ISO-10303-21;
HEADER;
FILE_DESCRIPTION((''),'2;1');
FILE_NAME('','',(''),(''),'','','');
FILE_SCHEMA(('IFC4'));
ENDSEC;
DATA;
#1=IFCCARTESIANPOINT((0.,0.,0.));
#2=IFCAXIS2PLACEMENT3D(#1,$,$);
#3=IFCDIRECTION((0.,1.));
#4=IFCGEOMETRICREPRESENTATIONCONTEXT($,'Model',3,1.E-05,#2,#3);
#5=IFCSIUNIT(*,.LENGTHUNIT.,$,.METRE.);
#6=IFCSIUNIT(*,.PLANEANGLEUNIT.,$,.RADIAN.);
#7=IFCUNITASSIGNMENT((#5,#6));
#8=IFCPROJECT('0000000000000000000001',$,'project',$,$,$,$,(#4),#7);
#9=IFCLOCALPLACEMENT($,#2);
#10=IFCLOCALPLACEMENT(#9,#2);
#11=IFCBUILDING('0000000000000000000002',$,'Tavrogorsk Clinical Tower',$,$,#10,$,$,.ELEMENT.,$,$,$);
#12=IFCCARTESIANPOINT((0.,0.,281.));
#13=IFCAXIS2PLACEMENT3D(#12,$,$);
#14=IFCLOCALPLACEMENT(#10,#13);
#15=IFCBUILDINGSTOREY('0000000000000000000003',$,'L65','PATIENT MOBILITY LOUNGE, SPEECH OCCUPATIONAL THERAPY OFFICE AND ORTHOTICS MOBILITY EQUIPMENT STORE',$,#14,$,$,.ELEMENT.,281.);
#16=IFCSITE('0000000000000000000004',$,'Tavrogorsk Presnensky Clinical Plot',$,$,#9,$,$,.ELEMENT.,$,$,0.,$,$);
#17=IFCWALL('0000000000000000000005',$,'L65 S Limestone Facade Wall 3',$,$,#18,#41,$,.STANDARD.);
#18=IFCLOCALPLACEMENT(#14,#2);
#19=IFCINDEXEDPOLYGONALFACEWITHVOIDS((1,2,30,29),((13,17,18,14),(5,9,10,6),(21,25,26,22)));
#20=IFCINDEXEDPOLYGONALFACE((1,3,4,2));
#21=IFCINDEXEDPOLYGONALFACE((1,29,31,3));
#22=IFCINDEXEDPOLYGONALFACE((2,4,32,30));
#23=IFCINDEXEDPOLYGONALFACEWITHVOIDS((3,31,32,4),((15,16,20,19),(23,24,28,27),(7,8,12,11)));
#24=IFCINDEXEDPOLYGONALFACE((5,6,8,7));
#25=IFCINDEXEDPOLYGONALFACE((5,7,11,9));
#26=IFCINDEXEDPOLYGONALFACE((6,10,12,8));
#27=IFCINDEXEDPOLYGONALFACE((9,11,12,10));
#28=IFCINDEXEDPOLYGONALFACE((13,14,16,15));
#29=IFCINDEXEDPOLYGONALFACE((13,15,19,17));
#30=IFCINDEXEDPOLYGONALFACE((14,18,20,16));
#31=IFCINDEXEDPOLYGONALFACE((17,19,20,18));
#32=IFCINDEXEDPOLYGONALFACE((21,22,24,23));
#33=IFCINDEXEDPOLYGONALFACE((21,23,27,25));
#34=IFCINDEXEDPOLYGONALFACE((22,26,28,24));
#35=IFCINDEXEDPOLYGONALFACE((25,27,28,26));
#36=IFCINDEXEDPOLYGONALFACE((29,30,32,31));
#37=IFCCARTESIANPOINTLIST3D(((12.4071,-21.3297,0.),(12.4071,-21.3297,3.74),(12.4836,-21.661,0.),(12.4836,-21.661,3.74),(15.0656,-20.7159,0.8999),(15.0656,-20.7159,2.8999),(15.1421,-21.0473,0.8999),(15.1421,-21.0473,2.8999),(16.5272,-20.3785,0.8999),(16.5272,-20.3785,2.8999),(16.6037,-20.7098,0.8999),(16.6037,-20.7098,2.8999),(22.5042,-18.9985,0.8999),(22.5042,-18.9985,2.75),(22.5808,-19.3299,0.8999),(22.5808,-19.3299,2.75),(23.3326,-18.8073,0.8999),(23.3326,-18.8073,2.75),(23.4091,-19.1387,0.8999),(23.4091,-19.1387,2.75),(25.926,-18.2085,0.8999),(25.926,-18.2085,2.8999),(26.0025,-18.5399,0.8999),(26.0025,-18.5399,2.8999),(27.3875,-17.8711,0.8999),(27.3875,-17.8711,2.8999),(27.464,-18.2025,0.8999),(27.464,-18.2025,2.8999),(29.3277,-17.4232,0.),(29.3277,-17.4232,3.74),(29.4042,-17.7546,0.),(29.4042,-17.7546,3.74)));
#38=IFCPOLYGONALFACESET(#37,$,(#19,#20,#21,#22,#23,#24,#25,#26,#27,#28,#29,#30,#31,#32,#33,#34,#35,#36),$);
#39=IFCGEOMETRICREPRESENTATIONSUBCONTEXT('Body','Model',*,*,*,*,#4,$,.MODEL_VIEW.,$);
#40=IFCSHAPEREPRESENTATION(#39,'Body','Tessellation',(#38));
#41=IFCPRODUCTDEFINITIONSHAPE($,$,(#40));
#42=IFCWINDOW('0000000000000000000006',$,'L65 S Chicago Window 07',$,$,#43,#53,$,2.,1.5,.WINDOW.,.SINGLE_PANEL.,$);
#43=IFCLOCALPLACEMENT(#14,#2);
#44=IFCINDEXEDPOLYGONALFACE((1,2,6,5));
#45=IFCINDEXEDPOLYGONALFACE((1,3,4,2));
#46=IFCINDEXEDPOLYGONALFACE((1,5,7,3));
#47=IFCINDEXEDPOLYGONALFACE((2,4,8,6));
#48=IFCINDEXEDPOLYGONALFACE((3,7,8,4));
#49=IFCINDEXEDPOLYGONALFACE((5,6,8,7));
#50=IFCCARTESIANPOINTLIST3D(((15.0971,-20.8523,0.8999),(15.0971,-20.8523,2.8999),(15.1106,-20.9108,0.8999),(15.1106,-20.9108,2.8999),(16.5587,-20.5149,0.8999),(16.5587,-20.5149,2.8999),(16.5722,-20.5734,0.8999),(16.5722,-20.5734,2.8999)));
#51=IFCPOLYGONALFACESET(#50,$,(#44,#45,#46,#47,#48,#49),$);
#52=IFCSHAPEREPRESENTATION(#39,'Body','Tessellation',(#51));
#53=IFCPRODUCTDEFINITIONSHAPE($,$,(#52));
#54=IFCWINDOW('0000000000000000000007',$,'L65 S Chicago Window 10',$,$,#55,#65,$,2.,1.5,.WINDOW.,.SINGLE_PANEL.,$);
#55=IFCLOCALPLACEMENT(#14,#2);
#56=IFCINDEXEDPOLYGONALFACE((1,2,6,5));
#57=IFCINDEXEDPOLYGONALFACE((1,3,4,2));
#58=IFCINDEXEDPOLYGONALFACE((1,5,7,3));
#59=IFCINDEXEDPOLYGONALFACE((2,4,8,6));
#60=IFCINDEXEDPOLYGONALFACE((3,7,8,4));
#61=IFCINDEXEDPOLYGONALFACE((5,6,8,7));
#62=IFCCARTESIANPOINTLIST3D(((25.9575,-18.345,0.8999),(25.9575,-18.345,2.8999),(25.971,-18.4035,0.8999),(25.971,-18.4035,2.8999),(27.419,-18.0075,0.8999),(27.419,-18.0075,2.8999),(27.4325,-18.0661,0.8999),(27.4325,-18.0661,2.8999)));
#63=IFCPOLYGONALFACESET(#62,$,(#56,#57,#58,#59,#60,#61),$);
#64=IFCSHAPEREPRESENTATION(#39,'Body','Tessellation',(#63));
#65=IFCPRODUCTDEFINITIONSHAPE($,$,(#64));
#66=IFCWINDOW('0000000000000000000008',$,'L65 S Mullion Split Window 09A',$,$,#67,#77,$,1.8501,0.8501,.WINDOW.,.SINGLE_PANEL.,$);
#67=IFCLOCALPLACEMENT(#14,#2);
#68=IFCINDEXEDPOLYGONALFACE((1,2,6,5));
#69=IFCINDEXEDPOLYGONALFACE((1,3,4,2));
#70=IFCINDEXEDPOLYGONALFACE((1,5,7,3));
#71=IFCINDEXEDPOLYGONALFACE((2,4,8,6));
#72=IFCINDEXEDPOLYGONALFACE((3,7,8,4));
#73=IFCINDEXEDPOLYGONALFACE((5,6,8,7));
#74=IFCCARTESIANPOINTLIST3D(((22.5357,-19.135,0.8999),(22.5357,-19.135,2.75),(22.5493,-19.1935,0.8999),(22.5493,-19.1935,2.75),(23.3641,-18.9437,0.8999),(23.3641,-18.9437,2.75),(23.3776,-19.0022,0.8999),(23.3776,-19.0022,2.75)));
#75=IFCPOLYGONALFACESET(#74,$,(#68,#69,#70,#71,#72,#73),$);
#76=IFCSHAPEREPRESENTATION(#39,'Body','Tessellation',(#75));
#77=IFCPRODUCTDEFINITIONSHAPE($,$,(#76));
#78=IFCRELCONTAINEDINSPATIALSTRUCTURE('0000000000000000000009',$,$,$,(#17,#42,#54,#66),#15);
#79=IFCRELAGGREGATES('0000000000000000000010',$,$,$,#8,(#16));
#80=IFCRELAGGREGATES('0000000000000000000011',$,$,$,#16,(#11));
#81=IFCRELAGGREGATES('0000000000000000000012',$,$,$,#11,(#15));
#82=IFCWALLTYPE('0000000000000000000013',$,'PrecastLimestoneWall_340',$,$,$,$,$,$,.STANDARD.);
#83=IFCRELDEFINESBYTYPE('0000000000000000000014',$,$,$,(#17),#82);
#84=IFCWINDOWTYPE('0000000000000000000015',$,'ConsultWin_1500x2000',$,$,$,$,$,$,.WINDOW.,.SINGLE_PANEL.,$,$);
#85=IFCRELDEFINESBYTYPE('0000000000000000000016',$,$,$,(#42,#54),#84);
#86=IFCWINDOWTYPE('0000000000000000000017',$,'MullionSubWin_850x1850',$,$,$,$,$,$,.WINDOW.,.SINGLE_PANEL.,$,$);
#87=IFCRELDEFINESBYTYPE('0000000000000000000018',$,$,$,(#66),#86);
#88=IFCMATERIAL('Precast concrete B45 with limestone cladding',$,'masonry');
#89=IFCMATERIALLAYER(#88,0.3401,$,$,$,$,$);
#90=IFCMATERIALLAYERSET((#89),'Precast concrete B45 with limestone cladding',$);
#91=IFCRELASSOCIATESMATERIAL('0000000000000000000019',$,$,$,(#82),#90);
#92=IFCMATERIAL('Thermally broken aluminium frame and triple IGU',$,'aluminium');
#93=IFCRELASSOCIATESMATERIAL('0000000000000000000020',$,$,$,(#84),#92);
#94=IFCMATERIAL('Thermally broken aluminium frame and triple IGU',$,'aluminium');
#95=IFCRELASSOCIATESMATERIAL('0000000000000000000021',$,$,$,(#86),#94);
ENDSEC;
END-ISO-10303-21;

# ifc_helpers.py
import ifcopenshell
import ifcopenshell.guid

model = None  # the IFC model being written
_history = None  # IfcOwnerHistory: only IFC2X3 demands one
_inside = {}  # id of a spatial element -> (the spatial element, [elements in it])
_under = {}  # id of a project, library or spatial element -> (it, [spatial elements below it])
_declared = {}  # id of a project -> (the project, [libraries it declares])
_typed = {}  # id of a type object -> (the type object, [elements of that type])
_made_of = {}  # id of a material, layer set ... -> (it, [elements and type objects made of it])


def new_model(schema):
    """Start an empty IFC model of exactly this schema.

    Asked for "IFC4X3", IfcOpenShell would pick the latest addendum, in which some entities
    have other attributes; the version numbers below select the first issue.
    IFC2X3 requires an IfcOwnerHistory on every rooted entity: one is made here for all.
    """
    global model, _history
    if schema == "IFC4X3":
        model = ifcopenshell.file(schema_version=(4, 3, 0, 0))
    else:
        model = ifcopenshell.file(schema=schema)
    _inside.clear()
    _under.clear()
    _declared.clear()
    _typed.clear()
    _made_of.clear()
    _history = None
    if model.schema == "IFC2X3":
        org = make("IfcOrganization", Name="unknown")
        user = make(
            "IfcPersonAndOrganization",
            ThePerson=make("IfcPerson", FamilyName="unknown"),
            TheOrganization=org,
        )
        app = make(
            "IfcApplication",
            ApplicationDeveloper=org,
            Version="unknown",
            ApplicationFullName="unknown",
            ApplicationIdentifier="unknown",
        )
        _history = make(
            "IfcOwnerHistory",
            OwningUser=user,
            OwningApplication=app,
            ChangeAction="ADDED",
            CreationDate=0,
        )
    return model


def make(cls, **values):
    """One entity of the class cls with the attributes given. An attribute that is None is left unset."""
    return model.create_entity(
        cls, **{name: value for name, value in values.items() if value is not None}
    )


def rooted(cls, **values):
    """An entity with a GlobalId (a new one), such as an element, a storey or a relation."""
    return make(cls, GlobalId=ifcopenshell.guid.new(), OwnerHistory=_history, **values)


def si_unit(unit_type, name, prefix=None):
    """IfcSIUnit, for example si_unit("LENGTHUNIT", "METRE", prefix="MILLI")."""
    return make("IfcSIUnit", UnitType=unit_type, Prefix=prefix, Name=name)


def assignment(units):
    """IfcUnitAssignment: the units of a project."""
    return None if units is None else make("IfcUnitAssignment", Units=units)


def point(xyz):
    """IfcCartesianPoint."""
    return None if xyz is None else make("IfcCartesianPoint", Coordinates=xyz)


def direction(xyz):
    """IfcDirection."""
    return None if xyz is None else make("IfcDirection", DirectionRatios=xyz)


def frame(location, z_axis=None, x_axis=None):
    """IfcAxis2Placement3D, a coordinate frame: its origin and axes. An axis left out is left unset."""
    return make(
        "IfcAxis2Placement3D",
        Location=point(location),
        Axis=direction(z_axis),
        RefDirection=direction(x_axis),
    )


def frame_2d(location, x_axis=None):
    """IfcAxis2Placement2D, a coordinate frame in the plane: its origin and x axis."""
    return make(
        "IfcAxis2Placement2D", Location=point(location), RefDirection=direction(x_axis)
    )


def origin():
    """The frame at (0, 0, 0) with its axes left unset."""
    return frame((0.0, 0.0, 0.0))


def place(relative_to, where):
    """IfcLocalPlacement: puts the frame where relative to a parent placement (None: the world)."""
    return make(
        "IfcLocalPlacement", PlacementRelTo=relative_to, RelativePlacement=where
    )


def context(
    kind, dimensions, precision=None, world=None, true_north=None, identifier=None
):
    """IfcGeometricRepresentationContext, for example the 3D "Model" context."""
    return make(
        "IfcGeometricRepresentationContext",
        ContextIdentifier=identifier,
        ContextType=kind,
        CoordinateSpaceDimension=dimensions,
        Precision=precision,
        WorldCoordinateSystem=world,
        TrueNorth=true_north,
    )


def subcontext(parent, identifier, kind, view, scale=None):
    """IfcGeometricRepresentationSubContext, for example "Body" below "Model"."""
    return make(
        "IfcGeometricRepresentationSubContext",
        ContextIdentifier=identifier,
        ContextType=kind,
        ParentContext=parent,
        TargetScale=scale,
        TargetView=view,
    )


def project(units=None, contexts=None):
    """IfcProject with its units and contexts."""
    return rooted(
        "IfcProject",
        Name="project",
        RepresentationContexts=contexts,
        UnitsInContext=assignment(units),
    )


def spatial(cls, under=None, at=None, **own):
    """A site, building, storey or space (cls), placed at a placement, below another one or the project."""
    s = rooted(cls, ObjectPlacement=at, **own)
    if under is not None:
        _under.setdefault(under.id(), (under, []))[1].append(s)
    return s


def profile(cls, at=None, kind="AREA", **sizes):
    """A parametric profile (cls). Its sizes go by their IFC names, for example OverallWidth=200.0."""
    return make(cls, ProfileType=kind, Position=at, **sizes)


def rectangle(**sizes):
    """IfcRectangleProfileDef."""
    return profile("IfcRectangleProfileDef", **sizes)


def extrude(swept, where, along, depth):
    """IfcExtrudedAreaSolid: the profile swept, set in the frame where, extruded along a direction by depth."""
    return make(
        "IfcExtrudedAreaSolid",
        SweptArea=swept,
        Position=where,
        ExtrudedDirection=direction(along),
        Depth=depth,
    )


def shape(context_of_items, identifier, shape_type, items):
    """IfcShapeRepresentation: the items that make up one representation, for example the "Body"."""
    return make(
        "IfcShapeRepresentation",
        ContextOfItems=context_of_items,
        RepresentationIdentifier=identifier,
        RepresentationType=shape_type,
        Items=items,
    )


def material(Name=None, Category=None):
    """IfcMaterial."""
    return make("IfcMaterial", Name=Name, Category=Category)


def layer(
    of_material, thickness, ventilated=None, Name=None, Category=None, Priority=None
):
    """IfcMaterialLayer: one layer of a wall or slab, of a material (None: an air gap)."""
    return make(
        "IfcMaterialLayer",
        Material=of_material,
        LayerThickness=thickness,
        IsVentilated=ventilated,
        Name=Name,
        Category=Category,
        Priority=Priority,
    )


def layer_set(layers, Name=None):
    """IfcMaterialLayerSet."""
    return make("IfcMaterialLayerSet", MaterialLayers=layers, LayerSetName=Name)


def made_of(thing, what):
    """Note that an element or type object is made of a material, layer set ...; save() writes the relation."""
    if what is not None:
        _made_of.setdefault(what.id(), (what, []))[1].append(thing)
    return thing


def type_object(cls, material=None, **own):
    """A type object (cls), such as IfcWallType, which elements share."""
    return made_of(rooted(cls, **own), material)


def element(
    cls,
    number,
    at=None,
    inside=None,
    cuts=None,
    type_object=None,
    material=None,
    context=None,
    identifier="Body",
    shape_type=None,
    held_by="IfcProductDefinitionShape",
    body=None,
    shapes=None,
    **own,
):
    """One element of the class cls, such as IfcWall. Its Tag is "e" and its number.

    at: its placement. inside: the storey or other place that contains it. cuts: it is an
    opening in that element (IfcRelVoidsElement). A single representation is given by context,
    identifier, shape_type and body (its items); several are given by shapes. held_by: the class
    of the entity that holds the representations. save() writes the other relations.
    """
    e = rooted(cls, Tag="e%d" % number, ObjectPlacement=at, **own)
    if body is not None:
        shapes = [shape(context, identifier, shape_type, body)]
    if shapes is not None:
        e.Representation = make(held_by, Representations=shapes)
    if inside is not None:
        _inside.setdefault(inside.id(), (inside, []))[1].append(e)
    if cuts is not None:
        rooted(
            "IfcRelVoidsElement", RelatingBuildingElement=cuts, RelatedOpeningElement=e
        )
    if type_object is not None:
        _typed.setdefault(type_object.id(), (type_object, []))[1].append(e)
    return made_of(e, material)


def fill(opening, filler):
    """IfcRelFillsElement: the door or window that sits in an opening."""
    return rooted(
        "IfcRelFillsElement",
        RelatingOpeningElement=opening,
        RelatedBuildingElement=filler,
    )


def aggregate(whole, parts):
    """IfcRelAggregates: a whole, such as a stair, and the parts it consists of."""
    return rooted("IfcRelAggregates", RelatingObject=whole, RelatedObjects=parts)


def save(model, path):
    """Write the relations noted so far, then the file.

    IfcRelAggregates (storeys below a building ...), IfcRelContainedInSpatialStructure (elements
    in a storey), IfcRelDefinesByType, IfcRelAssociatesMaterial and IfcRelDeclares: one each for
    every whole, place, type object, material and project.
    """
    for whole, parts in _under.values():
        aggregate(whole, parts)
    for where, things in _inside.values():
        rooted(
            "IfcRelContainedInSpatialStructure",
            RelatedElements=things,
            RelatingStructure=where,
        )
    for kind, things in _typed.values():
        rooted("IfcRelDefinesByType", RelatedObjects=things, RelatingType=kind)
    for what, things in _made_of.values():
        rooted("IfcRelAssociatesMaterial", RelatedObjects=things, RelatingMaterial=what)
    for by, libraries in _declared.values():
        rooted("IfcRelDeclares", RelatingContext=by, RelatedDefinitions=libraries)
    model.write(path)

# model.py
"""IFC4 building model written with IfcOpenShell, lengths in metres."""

from ifc_helpers import new_model, si_unit, direction, frame, frame_2d, origin, place, context, subcontext, project, spatial, rectangle, extrude, material, layer, layer_set, type_object, element, fill, save


model = new_model("IFC4")

# Units and contexts
model_context = context("Model", 3, precision=1e-05, world=origin(), true_north=direction((0.0, 1.0)))
body_context = subcontext(model_context, "Body", "Model", "MODEL_VIEW")
ifc_project = project(units=[si_unit("LENGTHUNIT", "METRE"), si_unit("PLANEANGLEUNIT", "RADIAN")], contexts=[model_context])

# Site, building, storey
site_placement = place(None, origin())
site = spatial("IfcSite", under=ifc_project, at=site_placement, Name="Tavrogorsk Presnensky Clinical Plot", CompositionType="ELEMENT", RefElevation=0.0)
building_placement = place(site_placement, origin())
building = spatial("IfcBuilding", under=site, at=building_placement, Name="Tavrogorsk Clinical Tower", CompositionType="ELEMENT")
storey_placement = place(building_placement, frame((0.0, 0.0, 281.0)))
storey = spatial("IfcBuildingStorey", under=building, at=storey_placement, Name="L65", Description="PATIENT MOBILITY LOUNGE, SPEECH OCCUPATIONAL THERAPY OFFICE AND ORTHOTICS MOBILITY EQUIPMENT STORE", CompositionType="ELEMENT", Elevation=281.0)

# Wall, openings, windows
ifc_material_1 = material(Name="Precast concrete B45 with limestone cladding", Category="masonry")
ifc_layer_1 = layer(ifc_material_1, 0.3401)
ifc_layer_set_1 = layer_set([ifc_layer_1], Name="Precast concrete B45 with limestone cladding")
wall_type_1 = type_object("IfcWallType", Name="PrecastLimestoneWall_340", PredefinedType="STANDARD", material=ifc_layer_set_1)
wall_1_placement = place(storey_placement, frame((12.4453, -21.4954, 0.0), z_axis=(0.0, 0.0, 1.0), x_axis=(0.974369, 0.224954, 0.0)))
wall_1 = element("IfcWall", 1, at=wall_1_placement, inside=storey, type_object=wall_type_1, Name="L65 S Limestone Facade Wall 3", PredefinedType="STANDARD", context=body_context, shape_type="SweptSolid", body=[
    extrude(rectangle(XDim=17.3657, YDim=0.3401, at=frame_2d((8.6829, 0.0))), origin(), (0.0, 0.0, 1.0), 3.74),
])
opening_1_placement = place(wall_1_placement, frame((2.7285, 0.0, 0.8999)))
opening_1 = element("IfcOpeningElement", 2, at=opening_1_placement, cuts=wall_1, PredefinedType="OPENING", context=body_context, shape_type="SweptSolid", body=[
    extrude(rectangle(XDim=1.5, YDim=2.0, at=frame_2d((0.75, 1.0))), frame((0.0, 0.1799, 0.0), z_axis=(0.0, -1.0, 0.0), x_axis=(1.0, 0.0, 0.0)), (0.0, 0.0, 1.0), 0.3601),
])
opening_2_placement = place(wall_1_placement, frame((10.3628, 0.0, 0.8999)))
opening_2 = element("IfcOpeningElement", 3, at=opening_2_placement, cuts=wall_1, PredefinedType="OPENING", context=body_context, shape_type="SweptSolid", body=[
    extrude(rectangle(XDim=0.8501, YDim=1.8501, at=frame_2d((0.425, 0.925))), frame((0.0, 0.1799, 0.0), z_axis=(0.0, -1.0, 0.0), x_axis=(1.0, 0.0, 0.0)), (0.0, 0.0, 1.0), 0.3601),
])
opening_3_placement = place(wall_1_placement, frame((13.8745, 0.0, 0.8999)))
opening_3 = element("IfcOpeningElement", 4, at=opening_3_placement, cuts=wall_1, PredefinedType="OPENING", context=body_context, shape_type="SweptSolid", body=[
    extrude(rectangle(XDim=1.5, YDim=2.0, at=frame_2d((0.75, 1.0))), frame((0.0, 0.1799, 0.0), z_axis=(0.0, -1.0, 0.0), x_axis=(1.0, 0.0, 0.0)), (0.0, 0.0, 1.0), 0.3601),
])
ifc_material_2 = material(Name="Thermally broken aluminium frame and triple IGU", Category="aluminium")
window_type_1 = type_object("IfcWindowType", Name="ConsultWin_1500x2000", PartitioningType="SINGLE_PANEL", PredefinedType="WINDOW", material=ifc_material_2)
window_1_placement = place(opening_1_placement, origin())
window_1 = element("IfcWindow", 5, at=window_1_placement, inside=storey, type_object=window_type_1, Name="L65 S Chicago Window 07", OverallHeight=2.0, OverallWidth=1.5, PartitioningType="SINGLE_PANEL", PredefinedType="WINDOW", context=body_context, shape_type="SweptSolid", body=[
    extrude(rectangle(XDim=1.5, YDim=2.0, at=frame_2d((0.75, 1.0))), frame((0.0, 0.03, 0.0), z_axis=(0.0, -1.0, 0.0), x_axis=(1.0, 0.0, 0.0)), (0.0, 0.0, 1.0), 0.0601),
])
fill(opening_1, window_1)
window_2_placement = place(opening_3_placement, origin())
window_2 = element("IfcWindow", 6, at=window_2_placement, inside=storey, type_object=window_type_1, Name="L65 S Chicago Window 10", OverallHeight=2.0, OverallWidth=1.5, PartitioningType="SINGLE_PANEL", PredefinedType="WINDOW", context=body_context, shape_type="SweptSolid", body=[
    extrude(rectangle(XDim=1.5, YDim=2.0, at=frame_2d((0.75, 1.0))), frame((0.0, 0.03, 0.0), z_axis=(0.0, -1.0, 0.0), x_axis=(1.0, 0.0, 0.0)), (0.0, 0.0, 1.0), 0.0601),
])
fill(opening_3, window_2)
ifc_material_3 = material(Name="Thermally broken aluminium frame and triple IGU", Category="aluminium")
window_type_2 = type_object("IfcWindowType", Name="MullionSubWin_850x1850", PartitioningType="SINGLE_PANEL", PredefinedType="WINDOW", material=ifc_material_3)
window_3_placement = place(opening_2_placement, origin())
window_3 = element("IfcWindow", 7, at=window_3_placement, inside=storey, type_object=window_type_2, Name="L65 S Mullion Split Window 09A", OverallHeight=1.8501, OverallWidth=0.8501, PartitioningType="SINGLE_PANEL", PredefinedType="WINDOW", context=body_context, shape_type="SweptSolid", body=[
    extrude(rectangle(XDim=0.8501, YDim=1.8501, at=frame_2d((0.425, 0.925))), frame((0.0, 0.03, 0.0), z_axis=(0.0, -1.0, 0.0), x_axis=(1.0, 0.0, 0.0)), (0.0, 0.0, 1.0), 0.0601),
])
fill(opening_2, window_3)

save(model, "model.ifc")
